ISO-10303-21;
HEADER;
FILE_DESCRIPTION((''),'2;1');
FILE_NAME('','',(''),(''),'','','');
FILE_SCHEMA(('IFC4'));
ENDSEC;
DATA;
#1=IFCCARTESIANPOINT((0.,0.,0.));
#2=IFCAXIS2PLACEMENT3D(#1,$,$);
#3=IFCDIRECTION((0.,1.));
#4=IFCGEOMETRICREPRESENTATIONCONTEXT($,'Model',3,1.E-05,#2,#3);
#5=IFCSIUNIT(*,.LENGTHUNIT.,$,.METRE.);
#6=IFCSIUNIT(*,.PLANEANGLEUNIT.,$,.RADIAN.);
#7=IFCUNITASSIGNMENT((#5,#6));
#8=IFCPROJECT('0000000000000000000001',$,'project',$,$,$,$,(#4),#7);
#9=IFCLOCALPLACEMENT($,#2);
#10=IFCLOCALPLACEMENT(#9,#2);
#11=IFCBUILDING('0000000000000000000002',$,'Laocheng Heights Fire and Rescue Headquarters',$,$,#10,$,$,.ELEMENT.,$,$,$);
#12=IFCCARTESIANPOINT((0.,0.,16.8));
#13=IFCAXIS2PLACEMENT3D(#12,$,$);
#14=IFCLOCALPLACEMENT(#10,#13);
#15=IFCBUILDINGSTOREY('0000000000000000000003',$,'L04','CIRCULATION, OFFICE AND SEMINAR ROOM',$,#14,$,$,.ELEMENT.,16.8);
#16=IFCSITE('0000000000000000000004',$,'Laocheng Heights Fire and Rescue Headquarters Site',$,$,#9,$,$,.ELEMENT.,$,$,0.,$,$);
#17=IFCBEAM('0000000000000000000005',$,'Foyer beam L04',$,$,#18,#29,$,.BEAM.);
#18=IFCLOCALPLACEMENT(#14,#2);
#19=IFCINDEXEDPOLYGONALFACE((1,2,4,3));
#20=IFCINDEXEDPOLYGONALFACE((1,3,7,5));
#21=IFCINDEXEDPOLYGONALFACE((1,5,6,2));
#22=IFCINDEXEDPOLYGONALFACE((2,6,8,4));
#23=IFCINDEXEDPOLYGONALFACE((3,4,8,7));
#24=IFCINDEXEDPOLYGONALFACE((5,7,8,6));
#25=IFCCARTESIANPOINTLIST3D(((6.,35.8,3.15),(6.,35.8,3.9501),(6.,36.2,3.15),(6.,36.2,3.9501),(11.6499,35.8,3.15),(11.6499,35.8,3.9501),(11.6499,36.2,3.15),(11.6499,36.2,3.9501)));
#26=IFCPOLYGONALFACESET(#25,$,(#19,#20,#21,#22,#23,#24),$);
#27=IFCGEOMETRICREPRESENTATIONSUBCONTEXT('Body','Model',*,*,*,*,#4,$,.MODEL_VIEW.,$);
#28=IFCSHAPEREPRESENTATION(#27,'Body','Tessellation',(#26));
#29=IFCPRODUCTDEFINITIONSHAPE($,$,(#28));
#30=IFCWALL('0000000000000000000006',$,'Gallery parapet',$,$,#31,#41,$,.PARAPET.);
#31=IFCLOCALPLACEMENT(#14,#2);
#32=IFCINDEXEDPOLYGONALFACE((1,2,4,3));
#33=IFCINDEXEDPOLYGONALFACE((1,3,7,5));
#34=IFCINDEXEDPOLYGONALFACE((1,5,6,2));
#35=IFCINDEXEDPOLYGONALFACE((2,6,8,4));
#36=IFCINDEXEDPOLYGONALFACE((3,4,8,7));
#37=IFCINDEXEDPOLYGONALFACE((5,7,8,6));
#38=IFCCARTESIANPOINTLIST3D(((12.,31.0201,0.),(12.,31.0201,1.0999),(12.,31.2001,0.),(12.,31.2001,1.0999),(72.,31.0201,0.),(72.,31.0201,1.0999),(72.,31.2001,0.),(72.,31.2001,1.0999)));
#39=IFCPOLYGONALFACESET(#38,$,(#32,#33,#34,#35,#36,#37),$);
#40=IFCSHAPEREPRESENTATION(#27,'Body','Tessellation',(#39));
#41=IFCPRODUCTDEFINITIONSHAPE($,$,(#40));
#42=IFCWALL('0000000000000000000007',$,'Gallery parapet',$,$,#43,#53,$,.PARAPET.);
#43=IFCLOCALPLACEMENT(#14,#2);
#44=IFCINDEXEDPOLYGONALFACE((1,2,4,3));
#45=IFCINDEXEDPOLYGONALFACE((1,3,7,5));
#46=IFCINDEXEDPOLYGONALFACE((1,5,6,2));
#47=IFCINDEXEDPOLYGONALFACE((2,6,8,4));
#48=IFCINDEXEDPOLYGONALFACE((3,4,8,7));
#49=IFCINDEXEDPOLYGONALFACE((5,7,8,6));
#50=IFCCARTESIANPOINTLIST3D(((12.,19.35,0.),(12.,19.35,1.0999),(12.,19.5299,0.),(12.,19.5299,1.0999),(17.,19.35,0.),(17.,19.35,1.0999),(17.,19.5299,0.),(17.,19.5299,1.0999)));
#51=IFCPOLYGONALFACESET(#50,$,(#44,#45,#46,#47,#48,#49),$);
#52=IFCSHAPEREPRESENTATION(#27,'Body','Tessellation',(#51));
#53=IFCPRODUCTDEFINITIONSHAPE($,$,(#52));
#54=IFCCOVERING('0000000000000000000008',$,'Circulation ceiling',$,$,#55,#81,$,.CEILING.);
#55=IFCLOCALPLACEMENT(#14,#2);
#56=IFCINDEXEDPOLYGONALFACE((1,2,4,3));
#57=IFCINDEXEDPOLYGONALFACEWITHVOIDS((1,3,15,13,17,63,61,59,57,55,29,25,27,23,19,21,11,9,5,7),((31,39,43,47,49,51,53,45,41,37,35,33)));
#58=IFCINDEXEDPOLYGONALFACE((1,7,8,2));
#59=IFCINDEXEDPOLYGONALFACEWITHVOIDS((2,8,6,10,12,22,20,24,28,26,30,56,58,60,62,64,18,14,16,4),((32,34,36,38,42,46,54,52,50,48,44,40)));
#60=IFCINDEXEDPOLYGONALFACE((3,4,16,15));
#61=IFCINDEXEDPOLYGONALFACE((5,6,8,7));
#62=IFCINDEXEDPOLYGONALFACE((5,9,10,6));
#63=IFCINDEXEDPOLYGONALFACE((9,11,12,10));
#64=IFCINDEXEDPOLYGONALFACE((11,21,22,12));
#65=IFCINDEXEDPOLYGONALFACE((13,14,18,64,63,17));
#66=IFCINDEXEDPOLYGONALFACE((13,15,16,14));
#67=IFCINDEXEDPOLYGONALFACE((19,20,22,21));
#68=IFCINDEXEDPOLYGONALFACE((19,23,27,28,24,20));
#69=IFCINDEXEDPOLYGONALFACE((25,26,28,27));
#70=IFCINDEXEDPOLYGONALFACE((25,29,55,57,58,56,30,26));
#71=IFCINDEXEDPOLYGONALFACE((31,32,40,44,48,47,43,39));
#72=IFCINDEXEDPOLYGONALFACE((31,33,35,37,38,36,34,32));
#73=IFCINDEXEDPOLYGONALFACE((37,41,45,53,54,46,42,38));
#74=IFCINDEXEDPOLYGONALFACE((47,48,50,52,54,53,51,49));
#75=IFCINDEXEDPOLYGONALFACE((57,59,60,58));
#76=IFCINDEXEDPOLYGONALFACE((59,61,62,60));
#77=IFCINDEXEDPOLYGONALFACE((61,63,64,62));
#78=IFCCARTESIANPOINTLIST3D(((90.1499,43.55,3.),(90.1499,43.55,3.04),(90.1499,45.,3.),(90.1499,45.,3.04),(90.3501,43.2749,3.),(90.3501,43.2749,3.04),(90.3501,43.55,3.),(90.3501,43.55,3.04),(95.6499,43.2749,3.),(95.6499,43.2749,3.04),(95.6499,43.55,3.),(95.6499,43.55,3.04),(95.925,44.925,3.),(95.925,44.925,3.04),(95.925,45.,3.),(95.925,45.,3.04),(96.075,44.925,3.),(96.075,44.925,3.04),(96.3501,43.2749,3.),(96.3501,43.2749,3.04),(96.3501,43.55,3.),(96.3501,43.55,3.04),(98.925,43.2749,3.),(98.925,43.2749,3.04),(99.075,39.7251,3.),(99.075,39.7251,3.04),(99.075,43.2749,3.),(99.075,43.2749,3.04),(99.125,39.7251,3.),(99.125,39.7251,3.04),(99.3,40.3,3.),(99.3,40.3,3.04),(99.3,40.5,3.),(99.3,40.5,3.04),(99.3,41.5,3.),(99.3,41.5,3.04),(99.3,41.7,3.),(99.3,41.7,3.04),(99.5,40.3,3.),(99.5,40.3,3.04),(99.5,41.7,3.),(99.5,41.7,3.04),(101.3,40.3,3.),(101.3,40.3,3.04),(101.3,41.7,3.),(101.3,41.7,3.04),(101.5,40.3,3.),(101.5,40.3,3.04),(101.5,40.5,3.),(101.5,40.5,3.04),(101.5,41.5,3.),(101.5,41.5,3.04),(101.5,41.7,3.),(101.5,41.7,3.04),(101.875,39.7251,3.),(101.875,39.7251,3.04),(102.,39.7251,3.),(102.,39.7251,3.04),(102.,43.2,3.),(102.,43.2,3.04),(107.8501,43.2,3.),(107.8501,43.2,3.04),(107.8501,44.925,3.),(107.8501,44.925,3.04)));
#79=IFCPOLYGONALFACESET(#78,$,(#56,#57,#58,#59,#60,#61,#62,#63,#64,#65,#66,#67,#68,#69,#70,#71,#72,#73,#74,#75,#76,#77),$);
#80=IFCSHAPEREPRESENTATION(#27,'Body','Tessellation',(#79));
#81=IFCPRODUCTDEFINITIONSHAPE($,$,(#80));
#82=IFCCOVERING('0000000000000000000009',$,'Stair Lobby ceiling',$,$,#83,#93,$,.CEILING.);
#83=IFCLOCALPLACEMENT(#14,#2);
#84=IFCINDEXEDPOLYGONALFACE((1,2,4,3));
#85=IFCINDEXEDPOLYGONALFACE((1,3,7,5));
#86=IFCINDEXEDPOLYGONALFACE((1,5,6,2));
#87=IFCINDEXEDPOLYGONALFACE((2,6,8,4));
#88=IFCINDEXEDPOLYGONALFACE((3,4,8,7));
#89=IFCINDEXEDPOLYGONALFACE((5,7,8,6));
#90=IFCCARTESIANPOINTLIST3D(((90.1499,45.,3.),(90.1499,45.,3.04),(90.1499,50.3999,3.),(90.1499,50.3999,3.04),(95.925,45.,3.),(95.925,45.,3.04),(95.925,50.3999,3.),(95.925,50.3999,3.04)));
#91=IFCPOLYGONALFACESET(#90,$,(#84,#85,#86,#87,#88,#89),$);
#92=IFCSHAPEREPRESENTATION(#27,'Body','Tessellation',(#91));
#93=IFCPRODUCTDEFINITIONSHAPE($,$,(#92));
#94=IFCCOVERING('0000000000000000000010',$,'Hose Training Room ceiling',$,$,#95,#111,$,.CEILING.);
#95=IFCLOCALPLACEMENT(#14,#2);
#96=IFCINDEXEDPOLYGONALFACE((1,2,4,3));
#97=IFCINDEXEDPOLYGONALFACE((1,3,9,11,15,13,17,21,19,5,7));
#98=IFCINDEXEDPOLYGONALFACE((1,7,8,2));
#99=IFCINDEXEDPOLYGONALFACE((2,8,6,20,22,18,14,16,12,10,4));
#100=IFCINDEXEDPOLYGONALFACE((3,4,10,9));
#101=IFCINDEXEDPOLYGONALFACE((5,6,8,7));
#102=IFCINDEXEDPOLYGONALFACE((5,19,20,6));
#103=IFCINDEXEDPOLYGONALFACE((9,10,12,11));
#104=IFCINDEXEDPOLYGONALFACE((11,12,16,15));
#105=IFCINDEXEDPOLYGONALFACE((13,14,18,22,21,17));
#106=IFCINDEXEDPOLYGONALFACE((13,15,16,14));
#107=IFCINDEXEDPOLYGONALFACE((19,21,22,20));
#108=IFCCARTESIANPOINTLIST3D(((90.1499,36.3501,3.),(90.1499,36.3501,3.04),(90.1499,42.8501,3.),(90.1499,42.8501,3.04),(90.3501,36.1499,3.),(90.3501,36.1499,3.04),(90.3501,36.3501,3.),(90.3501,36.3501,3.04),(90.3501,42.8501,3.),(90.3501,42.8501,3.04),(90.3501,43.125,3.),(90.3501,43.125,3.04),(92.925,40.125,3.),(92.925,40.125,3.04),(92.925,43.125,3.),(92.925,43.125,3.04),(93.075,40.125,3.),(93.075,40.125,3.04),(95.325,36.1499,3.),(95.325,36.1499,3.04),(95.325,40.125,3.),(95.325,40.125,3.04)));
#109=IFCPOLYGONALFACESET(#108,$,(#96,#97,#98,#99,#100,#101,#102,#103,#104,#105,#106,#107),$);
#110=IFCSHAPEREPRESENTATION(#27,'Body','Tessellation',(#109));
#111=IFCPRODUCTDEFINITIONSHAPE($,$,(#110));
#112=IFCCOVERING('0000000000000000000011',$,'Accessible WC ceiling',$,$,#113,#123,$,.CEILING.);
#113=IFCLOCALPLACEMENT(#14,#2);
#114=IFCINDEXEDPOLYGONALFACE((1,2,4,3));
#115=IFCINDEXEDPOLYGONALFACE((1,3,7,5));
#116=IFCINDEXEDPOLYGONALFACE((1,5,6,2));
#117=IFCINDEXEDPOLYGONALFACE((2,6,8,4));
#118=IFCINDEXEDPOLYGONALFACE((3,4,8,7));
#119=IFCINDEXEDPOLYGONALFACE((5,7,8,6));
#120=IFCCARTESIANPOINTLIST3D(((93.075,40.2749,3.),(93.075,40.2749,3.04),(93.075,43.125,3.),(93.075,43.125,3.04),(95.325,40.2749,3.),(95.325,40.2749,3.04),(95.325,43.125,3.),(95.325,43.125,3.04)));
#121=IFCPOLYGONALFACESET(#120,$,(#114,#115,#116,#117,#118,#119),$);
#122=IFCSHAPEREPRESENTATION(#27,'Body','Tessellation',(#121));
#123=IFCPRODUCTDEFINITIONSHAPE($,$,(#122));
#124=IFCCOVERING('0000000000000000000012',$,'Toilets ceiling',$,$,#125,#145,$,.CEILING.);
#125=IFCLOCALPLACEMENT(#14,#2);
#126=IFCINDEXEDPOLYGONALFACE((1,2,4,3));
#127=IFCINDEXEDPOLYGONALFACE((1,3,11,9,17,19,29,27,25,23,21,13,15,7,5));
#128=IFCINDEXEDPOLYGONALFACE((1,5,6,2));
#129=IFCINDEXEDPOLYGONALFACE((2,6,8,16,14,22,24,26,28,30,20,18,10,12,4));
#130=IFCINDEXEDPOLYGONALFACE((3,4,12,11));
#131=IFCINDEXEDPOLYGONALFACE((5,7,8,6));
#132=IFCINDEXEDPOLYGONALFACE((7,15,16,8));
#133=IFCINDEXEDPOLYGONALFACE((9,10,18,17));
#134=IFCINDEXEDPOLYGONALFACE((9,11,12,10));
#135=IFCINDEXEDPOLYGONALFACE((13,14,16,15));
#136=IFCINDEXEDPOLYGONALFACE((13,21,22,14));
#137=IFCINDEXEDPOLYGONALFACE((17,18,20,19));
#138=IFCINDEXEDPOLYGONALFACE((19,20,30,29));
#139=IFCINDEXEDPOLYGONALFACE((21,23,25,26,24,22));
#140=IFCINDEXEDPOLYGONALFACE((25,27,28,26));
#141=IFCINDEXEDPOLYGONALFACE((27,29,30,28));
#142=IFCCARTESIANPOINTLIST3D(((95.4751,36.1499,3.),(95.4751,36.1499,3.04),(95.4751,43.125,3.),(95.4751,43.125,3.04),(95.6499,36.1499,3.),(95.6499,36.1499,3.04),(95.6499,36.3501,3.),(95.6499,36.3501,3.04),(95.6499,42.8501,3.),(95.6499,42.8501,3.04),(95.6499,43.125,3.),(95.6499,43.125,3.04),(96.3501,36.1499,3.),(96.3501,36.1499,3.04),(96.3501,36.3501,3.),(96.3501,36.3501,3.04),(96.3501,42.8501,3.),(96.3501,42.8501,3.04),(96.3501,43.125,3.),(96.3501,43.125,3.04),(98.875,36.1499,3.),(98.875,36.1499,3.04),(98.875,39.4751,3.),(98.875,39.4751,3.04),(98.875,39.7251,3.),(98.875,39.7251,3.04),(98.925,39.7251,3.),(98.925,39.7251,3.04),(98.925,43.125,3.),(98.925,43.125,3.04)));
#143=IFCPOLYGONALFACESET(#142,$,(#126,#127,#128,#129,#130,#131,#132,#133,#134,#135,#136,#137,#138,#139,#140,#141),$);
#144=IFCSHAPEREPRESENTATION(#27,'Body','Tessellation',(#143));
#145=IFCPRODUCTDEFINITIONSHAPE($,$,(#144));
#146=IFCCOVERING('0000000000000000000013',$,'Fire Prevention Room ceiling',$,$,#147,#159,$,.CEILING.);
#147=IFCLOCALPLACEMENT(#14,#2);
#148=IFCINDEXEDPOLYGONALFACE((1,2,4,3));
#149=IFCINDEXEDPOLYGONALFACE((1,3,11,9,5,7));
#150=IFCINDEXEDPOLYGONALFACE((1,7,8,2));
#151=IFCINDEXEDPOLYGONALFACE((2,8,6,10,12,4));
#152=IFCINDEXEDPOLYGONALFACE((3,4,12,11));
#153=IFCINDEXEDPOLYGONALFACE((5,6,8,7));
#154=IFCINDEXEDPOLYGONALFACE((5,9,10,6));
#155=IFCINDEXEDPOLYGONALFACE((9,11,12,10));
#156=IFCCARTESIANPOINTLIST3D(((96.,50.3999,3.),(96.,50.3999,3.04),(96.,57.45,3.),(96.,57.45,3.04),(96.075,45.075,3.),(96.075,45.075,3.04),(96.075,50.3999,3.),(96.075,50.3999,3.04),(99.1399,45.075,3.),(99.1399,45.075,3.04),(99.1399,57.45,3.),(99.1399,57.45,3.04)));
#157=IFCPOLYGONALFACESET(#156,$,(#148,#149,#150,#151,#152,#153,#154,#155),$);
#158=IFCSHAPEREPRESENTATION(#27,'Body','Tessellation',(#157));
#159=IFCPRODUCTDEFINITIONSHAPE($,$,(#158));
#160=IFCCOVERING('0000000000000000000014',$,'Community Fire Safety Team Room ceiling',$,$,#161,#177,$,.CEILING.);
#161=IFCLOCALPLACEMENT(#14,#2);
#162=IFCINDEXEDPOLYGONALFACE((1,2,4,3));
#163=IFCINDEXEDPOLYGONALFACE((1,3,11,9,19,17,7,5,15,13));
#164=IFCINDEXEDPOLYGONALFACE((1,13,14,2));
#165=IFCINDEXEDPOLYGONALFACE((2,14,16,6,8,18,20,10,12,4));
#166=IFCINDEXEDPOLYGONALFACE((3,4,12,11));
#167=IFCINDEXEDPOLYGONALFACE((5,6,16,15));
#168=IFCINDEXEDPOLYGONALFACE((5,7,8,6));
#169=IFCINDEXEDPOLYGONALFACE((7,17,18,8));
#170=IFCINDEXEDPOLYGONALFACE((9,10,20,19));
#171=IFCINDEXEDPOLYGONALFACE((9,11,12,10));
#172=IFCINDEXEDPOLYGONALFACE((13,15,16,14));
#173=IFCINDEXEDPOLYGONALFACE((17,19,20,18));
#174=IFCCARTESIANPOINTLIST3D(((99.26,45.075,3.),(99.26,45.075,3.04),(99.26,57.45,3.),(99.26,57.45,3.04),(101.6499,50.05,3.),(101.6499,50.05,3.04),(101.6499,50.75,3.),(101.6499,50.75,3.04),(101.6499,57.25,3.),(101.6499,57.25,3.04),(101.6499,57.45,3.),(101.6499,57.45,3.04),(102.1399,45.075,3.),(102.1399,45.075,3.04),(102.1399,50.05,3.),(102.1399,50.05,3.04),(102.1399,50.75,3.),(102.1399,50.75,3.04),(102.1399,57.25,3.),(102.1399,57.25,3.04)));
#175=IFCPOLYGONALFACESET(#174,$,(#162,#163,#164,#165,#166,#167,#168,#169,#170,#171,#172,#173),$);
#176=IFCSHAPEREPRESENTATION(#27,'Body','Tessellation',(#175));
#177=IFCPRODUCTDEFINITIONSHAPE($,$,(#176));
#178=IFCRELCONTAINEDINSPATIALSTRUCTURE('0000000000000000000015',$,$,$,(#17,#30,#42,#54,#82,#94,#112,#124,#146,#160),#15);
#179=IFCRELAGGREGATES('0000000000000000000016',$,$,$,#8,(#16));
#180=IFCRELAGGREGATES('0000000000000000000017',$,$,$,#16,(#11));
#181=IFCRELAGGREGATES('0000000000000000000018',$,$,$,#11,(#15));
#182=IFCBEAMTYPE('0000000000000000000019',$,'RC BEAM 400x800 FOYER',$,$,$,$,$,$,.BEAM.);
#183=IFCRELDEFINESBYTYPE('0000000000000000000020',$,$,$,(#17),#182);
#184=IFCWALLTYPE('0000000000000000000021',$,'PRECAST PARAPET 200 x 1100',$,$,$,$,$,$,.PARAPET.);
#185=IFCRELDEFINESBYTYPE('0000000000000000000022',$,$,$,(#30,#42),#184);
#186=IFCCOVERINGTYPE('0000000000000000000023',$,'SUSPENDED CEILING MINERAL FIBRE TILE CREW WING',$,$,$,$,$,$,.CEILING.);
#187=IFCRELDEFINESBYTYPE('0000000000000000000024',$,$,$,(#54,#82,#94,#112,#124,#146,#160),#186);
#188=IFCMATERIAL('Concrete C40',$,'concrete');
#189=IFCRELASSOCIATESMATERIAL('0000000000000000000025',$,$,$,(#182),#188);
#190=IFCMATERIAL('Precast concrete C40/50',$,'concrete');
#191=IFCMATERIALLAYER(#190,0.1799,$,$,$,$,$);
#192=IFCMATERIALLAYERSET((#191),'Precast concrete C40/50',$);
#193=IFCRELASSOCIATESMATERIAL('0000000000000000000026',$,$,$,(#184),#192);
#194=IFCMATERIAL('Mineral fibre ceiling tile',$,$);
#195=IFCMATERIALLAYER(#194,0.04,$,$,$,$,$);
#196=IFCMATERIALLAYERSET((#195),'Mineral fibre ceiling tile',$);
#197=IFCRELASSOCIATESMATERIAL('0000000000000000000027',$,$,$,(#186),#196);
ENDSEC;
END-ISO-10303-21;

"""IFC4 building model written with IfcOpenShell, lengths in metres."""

from ifc_helpers import new_model, si_unit, direction, frame, frame_2d, origin, origin_2d, place, context, subcontext, project, spatial, polyline, rectangle, outline, extrude, material, layer, layer_set, material_profile, profile_set, type_object, element, save


model = new_model("IFC4")

# Units and contexts
model_context = context("Model", 3, precision=1e-05, world=origin(), true_north=direction((0.0, 1.0)))
body_context = subcontext(model_context, "Body", "Model", "MODEL_VIEW")
ifc_project = project(units=[si_unit("LENGTHUNIT", "METRE"), si_unit("PLANEANGLEUNIT", "RADIAN")], contexts=[model_context])

# Site, building, storey
site_placement = place(None, origin())
site = spatial("IfcSite", under=ifc_project, at=site_placement, Name="Laocheng Heights Fire and Rescue Headquarters Site", CompositionType="ELEMENT", RefElevation=0.0)
building_placement = place(site_placement, origin())
building = spatial("IfcBuilding", under=site, at=building_placement, Name="Laocheng Heights Fire and Rescue Headquarters", CompositionType="ELEMENT")
storey_placement = place(building_placement, frame((0.0, 0.0, 16.8)))
storey = spatial("IfcBuildingStorey", under=building, at=storey_placement, Name="L04", Description="CIRCULATION, OFFICE AND SEMINAR ROOM", CompositionType="ELEMENT", Elevation=16.8)

# Beam
ifc_material_1 = material(Name="Concrete C40", Category="concrete")
ifc_material_profile = material_profile(ifc_material_1, rectangle(XDim=0.3999, YDim=0.8, at=origin_2d()), Name="RC BEAM 400x800 FOYER")
ifc_profile_set = profile_set([ifc_material_profile], Name="Concrete C40")
beam_type = type_object("IfcBeamType", Name="RC BEAM 400x800 FOYER", PredefinedType="BEAM", material=ifc_profile_set)
beam_placement = place(storey_placement, frame((6.0, 36.0, 3.55), z_axis=(1.0, 0.0, 0.0), x_axis=(0.0, 1.0, 0.0)))
element("IfcBeam", 1, at=beam_placement, inside=storey, type_object=beam_type, Name="Foyer beam L04", PredefinedType="BEAM", context=body_context, shape_type="SweptSolid", body=[
    extrude(rectangle(XDim=0.3999, YDim=0.8, at=origin_2d()), origin(), (0.0, 0.0, 1.0), 5.6499),
])

# Walls
ifc_material_2 = material(Name="Precast concrete C40/50", Category="concrete")
ifc_layer_1 = layer(ifc_material_2, 0.1799)
ifc_layer_set_1 = layer_set([ifc_layer_1], Name="Precast concrete C40/50")
wall_type = type_object("IfcWallType", Name="PRECAST PARAPET 200 x 1100", PredefinedType="PARAPET", material=ifc_layer_set_1)
wall_1_placement = place(storey_placement, frame((12.0, 31.1101, 0.0), z_axis=(0.0, 0.0, 1.0), x_axis=(1.0, 0.0, 0.0)))
element("IfcWall", 2, at=wall_1_placement, inside=storey, type_object=wall_type, Name="Gallery parapet", PredefinedType="PARAPET", context=body_context, shape_type="SweptSolid", body=[
    extrude(rectangle(XDim=60.0, YDim=0.1799, at=frame_2d((30.0, 0.0))), origin(), (0.0, 0.0, 1.0), 1.0999),
])
wall_2_placement = place(storey_placement, frame((12.0, 19.4399, 0.0), z_axis=(0.0, 0.0, 1.0), x_axis=(1.0, 0.0, 0.0)))
element("IfcWall", 3, at=wall_2_placement, inside=storey, type_object=wall_type, Name="Gallery parapet", PredefinedType="PARAPET", context=body_context, shape_type="SweptSolid", body=[
    extrude(rectangle(XDim=5.0, YDim=0.1799, at=frame_2d((2.5, 0.0))), origin(), (0.0, 0.0, 1.0), 1.0999),
])

# Coverings
ifc_material_3 = material(Name="Mineral fibre ceiling tile")
ifc_layer_2 = layer(ifc_material_3, 0.04)
ifc_layer_set_2 = layer_set([ifc_layer_2], Name="Mineral fibre ceiling tile")
covering_type_1 = type_object("IfcCoveringType", Name="SUSPENDED CEILING MINERAL FIBRE TILE CREW WING", PredefinedType="CEILING", material=ifc_layer_set_2)
covering_1_placement = place(storey_placement, frame((0.0, 0.0, 3.0)))
element("IfcCovering", 4, at=covering_1_placement, inside=storey, type_object=covering_type_1, Name="Circulation ceiling", PredefinedType="CEILING", context=body_context, shape_type="SweptSolid", body=[
    extrude(outline(polyline([(95.925, 44.925), (96.075, 44.925), (107.8501, 44.925), (107.8501, 43.2), (102.0, 43.2), (102.0, 39.7251), (101.875, 39.7251), (99.125, 39.7251), (99.075, 39.7251), (99.075, 43.2749), (98.925, 43.2749), (96.3501, 43.2749), (96.3501, 43.55), (95.6499, 43.55), (95.6499, 43.2749), (90.3501, 43.2749), (90.3501, 43.55), (90.1499, 43.55), (90.1499, 45.0), (95.925, 45.0), (95.925, 44.925)]), holes=[polyline([(101.3, 40.3), (101.5, 40.3), (101.5, 40.5), (101.5, 41.5), (101.5, 41.7), (101.3, 41.7), (99.5, 41.7), (99.3, 41.7), (99.3, 41.5), (99.3, 40.5), (99.3, 40.3), (99.5, 40.3), (101.3, 40.3)])]), origin(), (0.0, 0.0, 1.0), 0.04),
])
covering_2_placement = place(storey_placement, frame((0.0, 0.0, 3.0)))
element("IfcCovering", 5, at=covering_2_placement, inside=storey, type_object=covering_type_1, Name="Stair Lobby ceiling", PredefinedType="CEILING", context=body_context, shape_type="SweptSolid", body=[
    extrude(outline(polyline([(95.925, 45.0), (90.1499, 45.0), (90.1499, 50.3999), (95.925, 50.3999), (95.925, 45.0)])), origin(), (0.0, 0.0, 1.0), 0.04),
])
covering_3_placement = place(storey_placement, frame((0.0, 0.0, 3.0)))
element("IfcCovering", 6, at=covering_3_placement, inside=storey, type_object=covering_type_1, Name="Hose Training Room ceiling", PredefinedType="CEILING", context=body_context, shape_type="SweptSolid", body=[
    extrude(outline(polyline([(90.3501, 36.1499), (90.3501, 36.3501), (90.1499, 36.3501), (90.1499, 42.8501), (90.3501, 42.8501), (90.3501, 43.125), (92.925, 43.125), (92.925, 40.125), (93.075, 40.125), (95.325, 40.125), (95.325, 36.1499), (90.3501, 36.1499)])), origin(), (0.0, 0.0, 1.0), 0.04),
])
covering_4_placement = place(storey_placement, frame((0.0, 0.0, 3.0)))
element("IfcCovering", 7, at=covering_4_placement, inside=storey, type_object=covering_type_1, Name="Accessible WC ceiling", PredefinedType="CEILING", context=body_context, shape_type="SweptSolid", body=[
    extrude(outline(polyline([(95.325, 40.2749), (93.075, 40.2749), (93.075, 43.125), (95.325, 43.125), (95.325, 40.2749)])), origin(), (0.0, 0.0, 1.0), 0.04),
])
covering_5_placement = place(storey_placement, frame((0.0, 0.0, 3.0)))
element("IfcCovering", 8, at=covering_5_placement, inside=storey, type_object=covering_type_1, Name="Toilets ceiling", PredefinedType="CEILING", context=body_context, shape_type="SweptSolid", body=[
    extrude(outline(polyline([(96.3501, 36.1499), (96.3501, 36.3501), (95.6499, 36.3501), (95.6499, 36.1499), (95.4751, 36.1499), (95.4751, 43.125), (95.6499, 43.125), (95.6499, 42.8501), (96.3501, 42.8501), (96.3501, 43.125), (98.925, 43.125), (98.925, 39.7251), (98.875, 39.7251), (98.875, 39.4751), (98.875, 36.1499), (96.3501, 36.1499)])), origin(), (0.0, 0.0, 1.0), 0.04),
])
covering_6_placement = place(storey_placement, frame((0.0, 0.0, 3.0)))
element("IfcCovering", 9, at=covering_6_placement, inside=storey, type_object=covering_type_1, Name="Fire Prevention Room ceiling", PredefinedType="CEILING", context=body_context, shape_type="SweptSolid", body=[
    extrude(outline(polyline([(99.1399, 57.45), (99.1399, 45.075), (96.075, 45.075), (96.075, 50.3999), (96.0, 50.3999), (96.0, 57.45), (99.1399, 57.45)])), origin(), (0.0, 0.0, 1.0), 0.04),
])
covering_7_placement = place(storey_placement, frame((0.0, 0.0, 3.0)))
element("IfcCovering", 10, at=covering_7_placement, inside=storey, type_object=covering_type_1, Name="Community Fire Safety Team Room ceiling", PredefinedType="CEILING", context=body_context, shape_type="SweptSolid", body=[
    extrude(outline(polyline([(102.1399, 50.75), (101.6499, 50.75), (101.6499, 50.05), (102.1399, 50.05), (102.1399, 45.075), (99.26, 45.075), (99.26, 57.45), (101.6499, 57.45), (101.6499, 57.25), (102.1399, 57.25), (102.1399, 50.75)])), origin(), (0.0, 0.0, 1.0), 0.04),
])

save(model, "model.ifc")
